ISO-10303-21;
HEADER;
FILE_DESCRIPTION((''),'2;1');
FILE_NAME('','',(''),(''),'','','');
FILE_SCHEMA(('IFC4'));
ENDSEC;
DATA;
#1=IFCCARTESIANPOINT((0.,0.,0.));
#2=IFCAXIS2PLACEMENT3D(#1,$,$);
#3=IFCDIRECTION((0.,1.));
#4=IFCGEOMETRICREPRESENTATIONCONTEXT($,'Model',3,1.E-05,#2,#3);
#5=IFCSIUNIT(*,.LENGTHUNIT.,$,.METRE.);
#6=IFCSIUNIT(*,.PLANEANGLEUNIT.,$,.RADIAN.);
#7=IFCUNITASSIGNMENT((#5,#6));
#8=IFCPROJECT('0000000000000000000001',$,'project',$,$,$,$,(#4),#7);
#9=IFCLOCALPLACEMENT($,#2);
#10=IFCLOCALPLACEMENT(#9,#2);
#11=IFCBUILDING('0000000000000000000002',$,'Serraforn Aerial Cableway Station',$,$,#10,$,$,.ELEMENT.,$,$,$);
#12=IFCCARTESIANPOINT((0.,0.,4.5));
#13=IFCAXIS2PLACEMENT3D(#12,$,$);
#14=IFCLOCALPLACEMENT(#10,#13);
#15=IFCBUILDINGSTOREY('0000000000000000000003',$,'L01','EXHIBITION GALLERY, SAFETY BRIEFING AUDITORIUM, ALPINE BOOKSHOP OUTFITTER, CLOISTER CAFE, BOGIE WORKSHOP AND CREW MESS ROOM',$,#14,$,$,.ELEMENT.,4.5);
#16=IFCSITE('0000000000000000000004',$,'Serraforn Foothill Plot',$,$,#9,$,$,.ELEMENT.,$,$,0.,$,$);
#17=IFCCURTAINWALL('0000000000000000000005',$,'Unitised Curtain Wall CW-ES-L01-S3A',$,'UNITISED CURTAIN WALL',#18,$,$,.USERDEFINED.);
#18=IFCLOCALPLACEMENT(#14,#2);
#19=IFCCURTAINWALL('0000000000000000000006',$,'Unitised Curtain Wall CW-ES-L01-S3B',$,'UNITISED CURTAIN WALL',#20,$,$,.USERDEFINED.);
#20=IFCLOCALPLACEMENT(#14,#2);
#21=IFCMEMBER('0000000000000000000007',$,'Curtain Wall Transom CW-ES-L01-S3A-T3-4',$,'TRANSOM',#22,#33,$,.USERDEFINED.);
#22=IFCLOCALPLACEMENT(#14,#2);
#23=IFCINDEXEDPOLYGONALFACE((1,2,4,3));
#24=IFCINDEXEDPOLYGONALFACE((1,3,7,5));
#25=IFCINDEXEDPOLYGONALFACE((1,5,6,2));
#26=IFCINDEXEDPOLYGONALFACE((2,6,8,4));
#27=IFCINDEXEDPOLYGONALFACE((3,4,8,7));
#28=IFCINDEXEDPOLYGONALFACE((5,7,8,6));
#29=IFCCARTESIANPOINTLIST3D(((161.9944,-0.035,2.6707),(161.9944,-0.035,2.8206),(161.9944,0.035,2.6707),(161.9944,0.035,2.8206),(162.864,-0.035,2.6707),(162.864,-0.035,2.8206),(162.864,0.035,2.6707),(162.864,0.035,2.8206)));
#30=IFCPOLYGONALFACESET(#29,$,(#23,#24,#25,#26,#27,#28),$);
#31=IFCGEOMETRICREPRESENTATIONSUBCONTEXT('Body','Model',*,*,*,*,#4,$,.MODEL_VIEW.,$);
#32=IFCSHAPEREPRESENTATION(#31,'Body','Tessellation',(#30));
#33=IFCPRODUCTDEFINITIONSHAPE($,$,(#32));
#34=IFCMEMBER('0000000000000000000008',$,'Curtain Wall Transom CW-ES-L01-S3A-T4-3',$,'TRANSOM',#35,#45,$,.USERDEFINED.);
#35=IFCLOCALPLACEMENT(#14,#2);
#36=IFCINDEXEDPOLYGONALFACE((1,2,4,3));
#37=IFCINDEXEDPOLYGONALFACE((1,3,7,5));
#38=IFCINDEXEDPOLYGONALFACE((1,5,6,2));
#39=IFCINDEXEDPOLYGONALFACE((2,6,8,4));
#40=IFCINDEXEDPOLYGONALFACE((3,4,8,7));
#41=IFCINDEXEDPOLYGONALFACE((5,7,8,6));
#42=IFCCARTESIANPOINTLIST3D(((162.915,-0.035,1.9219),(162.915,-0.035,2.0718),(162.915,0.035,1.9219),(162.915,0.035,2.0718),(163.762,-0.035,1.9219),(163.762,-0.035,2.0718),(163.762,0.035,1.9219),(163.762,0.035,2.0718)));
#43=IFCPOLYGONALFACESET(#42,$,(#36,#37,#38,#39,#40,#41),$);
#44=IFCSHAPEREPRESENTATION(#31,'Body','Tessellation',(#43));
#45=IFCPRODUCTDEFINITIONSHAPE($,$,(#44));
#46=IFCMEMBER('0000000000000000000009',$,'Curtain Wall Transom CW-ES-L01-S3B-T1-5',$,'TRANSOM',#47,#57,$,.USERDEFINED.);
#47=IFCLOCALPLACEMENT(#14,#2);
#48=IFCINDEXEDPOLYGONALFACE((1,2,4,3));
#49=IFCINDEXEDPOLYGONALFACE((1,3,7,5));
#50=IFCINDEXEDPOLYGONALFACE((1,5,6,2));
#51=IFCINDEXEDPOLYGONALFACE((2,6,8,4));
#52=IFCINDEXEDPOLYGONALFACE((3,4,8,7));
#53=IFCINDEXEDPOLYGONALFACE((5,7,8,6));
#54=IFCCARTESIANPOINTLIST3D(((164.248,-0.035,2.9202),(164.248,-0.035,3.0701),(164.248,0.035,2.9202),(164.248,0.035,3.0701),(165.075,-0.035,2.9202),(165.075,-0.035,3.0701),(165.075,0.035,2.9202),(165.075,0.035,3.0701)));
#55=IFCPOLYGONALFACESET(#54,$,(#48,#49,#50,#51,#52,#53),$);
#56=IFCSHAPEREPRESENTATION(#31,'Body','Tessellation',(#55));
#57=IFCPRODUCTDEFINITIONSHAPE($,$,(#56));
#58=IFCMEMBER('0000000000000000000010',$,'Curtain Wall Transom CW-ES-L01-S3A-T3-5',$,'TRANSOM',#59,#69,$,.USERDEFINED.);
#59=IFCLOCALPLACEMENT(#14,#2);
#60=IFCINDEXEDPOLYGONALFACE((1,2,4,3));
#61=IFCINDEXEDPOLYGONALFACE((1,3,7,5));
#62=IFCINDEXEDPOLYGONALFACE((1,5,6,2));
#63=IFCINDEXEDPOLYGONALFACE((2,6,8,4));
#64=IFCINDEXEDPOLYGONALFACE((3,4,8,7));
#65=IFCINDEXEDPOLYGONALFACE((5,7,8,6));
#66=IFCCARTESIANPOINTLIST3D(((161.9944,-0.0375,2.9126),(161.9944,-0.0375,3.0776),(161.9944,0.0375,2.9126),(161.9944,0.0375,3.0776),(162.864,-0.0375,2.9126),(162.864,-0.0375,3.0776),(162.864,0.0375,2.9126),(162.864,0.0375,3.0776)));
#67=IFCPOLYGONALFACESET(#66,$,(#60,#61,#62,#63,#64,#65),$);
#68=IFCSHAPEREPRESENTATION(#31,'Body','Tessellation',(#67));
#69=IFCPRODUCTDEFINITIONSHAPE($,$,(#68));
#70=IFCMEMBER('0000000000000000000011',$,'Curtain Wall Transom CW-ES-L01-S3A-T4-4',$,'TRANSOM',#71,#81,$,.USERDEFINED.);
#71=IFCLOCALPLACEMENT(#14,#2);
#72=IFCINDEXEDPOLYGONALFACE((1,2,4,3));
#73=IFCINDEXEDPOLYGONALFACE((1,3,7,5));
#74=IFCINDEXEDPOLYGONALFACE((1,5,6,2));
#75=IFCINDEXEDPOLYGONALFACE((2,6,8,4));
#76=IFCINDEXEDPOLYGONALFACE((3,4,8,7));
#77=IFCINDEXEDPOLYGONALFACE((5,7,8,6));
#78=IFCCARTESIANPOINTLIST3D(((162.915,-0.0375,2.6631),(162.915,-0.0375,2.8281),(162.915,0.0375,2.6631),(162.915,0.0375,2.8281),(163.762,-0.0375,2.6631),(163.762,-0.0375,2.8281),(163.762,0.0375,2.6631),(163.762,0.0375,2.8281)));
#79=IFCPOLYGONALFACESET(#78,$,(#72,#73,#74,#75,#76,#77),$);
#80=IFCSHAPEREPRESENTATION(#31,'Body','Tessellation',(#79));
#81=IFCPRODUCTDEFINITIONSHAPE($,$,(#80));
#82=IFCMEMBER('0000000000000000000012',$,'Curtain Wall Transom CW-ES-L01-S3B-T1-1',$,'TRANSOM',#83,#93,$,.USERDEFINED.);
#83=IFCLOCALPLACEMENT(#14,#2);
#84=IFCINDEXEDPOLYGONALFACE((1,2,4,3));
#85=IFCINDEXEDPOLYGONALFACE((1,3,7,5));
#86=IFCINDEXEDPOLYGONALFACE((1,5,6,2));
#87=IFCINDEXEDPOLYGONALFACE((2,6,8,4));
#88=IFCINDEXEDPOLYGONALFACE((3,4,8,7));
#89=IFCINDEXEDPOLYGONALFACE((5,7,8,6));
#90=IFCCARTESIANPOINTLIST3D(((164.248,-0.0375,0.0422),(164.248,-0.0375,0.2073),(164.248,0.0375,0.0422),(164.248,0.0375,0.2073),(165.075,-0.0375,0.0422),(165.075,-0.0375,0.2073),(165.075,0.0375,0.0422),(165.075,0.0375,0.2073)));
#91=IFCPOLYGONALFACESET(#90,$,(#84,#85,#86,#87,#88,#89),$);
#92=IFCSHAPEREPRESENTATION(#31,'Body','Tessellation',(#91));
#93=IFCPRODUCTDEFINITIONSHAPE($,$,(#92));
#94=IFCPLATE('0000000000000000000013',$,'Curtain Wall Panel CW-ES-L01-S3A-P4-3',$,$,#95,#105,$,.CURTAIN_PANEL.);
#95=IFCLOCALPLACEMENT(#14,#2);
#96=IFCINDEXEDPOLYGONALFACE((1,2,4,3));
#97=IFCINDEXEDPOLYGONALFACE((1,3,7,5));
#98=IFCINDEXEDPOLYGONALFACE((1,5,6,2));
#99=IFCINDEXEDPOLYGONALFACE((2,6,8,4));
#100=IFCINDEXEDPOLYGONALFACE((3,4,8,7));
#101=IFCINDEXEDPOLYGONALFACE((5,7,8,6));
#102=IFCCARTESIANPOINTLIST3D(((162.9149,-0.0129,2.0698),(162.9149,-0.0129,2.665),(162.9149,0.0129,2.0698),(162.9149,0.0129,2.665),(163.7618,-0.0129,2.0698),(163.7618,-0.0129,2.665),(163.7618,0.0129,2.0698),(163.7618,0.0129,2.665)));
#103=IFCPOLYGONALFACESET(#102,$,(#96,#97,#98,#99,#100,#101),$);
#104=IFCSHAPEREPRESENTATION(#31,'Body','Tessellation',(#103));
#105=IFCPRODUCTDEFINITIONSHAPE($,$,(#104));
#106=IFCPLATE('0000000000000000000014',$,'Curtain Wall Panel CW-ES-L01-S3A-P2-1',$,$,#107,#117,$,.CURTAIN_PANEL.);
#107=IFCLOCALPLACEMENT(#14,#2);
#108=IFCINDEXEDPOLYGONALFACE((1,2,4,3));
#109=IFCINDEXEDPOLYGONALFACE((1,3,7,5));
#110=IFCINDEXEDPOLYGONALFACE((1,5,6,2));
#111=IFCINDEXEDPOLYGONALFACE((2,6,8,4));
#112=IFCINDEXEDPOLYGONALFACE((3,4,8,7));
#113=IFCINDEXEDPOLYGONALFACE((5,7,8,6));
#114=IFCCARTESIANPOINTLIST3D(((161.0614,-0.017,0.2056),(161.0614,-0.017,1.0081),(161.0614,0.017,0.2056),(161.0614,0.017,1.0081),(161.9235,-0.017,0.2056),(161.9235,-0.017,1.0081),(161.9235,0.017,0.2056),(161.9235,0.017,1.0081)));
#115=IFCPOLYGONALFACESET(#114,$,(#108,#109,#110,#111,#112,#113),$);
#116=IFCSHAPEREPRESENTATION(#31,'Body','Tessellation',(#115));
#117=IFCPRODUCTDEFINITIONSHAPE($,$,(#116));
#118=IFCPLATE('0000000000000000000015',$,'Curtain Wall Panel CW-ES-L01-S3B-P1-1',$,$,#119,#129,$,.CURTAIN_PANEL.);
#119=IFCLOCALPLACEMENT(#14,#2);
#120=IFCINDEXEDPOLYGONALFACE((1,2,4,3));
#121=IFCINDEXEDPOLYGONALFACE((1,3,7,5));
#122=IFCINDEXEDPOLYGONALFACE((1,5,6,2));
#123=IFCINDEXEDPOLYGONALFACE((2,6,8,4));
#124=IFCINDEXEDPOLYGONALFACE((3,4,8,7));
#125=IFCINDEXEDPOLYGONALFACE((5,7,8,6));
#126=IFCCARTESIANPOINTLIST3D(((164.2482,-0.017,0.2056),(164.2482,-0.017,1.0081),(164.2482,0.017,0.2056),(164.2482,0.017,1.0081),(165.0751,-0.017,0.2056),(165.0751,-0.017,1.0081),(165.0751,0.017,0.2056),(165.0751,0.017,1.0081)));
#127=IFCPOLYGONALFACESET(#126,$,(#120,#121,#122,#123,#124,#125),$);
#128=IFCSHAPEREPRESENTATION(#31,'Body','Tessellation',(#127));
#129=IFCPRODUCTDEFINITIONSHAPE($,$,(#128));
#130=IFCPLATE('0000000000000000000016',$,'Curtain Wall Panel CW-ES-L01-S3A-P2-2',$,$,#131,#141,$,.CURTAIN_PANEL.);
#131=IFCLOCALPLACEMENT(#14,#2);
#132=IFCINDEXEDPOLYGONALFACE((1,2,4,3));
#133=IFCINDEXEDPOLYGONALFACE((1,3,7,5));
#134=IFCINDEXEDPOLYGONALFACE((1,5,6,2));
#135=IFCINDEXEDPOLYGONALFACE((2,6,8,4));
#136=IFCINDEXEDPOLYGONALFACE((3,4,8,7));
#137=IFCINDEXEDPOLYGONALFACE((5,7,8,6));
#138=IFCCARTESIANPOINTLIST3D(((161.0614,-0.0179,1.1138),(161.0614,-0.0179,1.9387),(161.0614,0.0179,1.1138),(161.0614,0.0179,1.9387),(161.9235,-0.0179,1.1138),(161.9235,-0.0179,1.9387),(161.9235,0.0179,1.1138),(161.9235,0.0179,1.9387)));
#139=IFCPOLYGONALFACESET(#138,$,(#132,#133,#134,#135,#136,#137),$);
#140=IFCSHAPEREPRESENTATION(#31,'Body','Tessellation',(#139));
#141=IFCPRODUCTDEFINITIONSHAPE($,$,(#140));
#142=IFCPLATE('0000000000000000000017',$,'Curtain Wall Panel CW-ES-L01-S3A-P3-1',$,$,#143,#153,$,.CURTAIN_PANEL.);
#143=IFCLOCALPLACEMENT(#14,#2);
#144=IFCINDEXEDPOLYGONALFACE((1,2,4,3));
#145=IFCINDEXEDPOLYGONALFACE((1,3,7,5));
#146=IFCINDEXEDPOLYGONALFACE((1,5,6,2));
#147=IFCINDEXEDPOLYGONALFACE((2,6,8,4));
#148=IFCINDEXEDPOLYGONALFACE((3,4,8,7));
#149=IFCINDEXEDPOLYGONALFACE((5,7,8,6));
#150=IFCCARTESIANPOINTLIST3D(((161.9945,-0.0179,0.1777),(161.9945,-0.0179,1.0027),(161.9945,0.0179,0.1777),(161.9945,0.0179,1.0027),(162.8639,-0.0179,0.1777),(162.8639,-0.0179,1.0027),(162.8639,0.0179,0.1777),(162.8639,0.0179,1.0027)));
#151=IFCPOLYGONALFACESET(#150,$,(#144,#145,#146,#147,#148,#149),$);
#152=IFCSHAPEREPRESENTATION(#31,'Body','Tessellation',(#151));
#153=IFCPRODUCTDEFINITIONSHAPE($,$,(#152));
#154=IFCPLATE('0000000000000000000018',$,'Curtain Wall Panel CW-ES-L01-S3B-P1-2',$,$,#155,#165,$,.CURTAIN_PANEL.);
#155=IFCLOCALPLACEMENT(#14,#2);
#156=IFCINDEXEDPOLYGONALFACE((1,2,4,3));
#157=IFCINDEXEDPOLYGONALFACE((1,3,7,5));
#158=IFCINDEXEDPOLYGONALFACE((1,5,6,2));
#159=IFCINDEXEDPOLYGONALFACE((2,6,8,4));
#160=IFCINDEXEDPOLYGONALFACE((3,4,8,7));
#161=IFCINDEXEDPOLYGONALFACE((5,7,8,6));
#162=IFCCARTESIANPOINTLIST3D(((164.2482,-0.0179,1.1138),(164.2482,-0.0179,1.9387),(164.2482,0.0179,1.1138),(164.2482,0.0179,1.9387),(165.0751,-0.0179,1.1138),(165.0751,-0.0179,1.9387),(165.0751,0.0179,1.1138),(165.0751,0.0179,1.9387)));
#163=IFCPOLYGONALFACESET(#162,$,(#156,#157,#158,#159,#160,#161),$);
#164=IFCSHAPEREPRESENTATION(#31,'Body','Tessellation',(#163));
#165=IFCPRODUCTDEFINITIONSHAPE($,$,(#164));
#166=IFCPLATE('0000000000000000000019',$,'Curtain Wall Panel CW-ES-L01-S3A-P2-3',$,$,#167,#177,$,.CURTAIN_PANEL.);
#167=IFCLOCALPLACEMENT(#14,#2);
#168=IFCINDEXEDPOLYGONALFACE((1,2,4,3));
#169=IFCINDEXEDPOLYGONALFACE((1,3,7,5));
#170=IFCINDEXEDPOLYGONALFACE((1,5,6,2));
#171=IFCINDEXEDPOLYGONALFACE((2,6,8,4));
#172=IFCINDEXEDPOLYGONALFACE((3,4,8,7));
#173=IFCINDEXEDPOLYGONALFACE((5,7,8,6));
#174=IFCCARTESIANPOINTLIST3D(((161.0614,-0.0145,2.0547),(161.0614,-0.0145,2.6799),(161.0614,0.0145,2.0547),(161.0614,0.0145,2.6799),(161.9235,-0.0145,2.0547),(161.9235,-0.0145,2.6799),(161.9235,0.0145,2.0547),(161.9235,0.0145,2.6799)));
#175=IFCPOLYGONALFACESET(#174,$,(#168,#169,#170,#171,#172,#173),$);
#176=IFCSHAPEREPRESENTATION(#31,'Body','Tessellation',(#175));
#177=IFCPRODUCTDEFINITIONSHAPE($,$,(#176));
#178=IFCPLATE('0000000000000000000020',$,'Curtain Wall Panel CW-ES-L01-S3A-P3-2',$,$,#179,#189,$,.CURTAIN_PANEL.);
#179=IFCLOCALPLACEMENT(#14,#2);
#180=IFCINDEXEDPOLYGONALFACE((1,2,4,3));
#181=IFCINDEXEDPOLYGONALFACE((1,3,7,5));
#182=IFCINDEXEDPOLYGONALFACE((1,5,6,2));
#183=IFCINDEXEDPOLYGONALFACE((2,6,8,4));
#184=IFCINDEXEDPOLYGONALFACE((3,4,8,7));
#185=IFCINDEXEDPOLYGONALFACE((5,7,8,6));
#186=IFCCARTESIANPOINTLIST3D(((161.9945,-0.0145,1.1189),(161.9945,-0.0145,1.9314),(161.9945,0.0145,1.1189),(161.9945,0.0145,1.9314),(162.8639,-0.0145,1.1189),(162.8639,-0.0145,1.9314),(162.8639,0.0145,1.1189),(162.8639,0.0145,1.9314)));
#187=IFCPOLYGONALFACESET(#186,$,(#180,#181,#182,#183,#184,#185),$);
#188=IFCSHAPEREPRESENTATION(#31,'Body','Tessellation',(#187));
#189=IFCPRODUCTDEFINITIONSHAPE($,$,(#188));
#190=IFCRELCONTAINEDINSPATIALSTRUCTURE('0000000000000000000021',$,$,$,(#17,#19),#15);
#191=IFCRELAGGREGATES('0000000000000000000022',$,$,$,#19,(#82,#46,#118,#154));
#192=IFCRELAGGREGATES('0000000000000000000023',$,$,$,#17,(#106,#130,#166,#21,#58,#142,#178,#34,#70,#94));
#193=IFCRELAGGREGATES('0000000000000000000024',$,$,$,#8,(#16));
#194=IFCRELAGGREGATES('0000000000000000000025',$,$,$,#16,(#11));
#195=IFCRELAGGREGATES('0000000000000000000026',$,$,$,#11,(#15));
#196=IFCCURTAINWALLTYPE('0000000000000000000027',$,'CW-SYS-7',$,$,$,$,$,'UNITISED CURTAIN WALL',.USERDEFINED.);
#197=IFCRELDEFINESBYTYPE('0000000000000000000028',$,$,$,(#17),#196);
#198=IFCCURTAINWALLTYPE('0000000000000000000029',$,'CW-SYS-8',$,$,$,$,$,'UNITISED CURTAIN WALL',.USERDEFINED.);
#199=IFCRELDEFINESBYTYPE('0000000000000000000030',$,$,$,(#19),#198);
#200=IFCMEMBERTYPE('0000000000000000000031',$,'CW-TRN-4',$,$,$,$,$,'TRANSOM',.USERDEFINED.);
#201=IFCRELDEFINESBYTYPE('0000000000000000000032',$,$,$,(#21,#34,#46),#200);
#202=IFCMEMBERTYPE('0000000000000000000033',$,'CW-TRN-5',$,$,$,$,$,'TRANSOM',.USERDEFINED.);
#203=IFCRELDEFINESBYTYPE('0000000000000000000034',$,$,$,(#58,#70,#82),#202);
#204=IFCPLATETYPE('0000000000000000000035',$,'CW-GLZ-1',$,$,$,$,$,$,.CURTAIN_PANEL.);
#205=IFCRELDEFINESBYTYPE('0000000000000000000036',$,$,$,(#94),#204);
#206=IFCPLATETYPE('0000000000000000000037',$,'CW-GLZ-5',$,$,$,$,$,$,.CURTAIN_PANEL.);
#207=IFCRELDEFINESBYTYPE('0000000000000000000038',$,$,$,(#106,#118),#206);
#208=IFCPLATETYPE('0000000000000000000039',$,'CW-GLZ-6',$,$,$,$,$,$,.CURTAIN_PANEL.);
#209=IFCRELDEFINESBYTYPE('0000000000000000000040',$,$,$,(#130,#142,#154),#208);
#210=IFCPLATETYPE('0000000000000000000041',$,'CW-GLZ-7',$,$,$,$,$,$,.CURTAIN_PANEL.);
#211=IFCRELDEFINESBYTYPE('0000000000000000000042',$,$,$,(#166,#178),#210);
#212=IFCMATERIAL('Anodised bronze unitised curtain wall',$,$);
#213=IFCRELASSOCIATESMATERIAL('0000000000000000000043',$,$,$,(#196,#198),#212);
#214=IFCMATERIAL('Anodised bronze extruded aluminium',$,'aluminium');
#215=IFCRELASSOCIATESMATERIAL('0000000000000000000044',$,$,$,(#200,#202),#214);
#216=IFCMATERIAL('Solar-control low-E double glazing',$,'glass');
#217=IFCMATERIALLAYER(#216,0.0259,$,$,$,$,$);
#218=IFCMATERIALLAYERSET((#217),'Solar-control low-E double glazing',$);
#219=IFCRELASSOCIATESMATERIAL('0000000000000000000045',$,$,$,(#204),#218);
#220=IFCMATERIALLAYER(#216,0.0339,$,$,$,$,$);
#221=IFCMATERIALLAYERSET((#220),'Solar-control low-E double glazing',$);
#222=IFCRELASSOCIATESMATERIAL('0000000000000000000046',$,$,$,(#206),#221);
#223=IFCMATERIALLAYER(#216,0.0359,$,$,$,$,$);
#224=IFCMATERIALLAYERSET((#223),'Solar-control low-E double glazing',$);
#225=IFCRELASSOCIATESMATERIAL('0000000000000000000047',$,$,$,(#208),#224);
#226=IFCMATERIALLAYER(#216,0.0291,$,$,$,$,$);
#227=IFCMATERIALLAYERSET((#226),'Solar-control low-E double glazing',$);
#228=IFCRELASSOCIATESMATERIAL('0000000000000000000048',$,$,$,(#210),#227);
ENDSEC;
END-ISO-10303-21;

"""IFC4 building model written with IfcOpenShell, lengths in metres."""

from ifc_helpers import new_model, si_unit, direction, frame, origin, origin_2d, place, context, subcontext, project, spatial, rectangle, extrude, material, layer, layer_set, material_profile, profile_set, type_object, element, aggregate, save


model = new_model("IFC4")

# Units and contexts
model_context = context("Model", 3, precision=1e-05, world=origin(), true_north=direction((0.0, 1.0)))
body_context = subcontext(model_context, "Body", "Model", "MODEL_VIEW")
ifc_project = project(units=[si_unit("LENGTHUNIT", "METRE"), si_unit("PLANEANGLEUNIT", "RADIAN")], contexts=[model_context])

# Site, building, storey
site_placement = place(None, origin())
site = spatial("IfcSite", under=ifc_project, at=site_placement, Name="Serraforn Foothill Plot", CompositionType="ELEMENT", RefElevation=0.0)
building_placement = place(site_placement, origin())
building = spatial("IfcBuilding", under=site, at=building_placement, Name="Serraforn Aerial Cableway Station", CompositionType="ELEMENT")
storey_placement = place(building_placement, frame((0.0, 0.0, 4.5)))
storey = spatial("IfcBuildingStorey", under=building, at=storey_placement, Name="L01", Description="EXHIBITION GALLERY, SAFETY BRIEFING AUDITORIUM, ALPINE BOOKSHOP OUTFITTER, CLOISTER CAFE, BOGIE WORKSHOP AND CREW MESS ROOM", CompositionType="ELEMENT", Elevation=4.5)

# Curtain wall
ifc_material_1 = material(Name="Anodised bronze unitised curtain wall")
curtain_wall_type_1 = type_object("IfcCurtainWallType", Name="CW-SYS-7", ElementType="UNITISED CURTAIN WALL", PredefinedType="USERDEFINED", material=ifc_material_1)
curtain_wall_1_placement = place(storey_placement, origin())
curtain_wall_1 = element("IfcCurtainWall", 1, at=curtain_wall_1_placement, inside=storey, type_object=curtain_wall_type_1, Name="Unitised Curtain Wall CW-ES-L01-S3A", ObjectType="UNITISED CURTAIN WALL", PredefinedType="USERDEFINED")
ifc_material_2 = material(Name="Anodised bronze extruded aluminium", Category="aluminium")

# Curtain wall
curtain_wall_type_2 = type_object("IfcCurtainWallType", Name="CW-SYS-8", ElementType="UNITISED CURTAIN WALL", PredefinedType="USERDEFINED", material=ifc_material_1)
curtain_wall_2_placement = place(storey_placement, origin())
curtain_wall_2 = element("IfcCurtainWall", 2, at=curtain_wall_2_placement, inside=storey, type_object=curtain_wall_type_2, Name="Unitised Curtain Wall CW-ES-L01-S3B", ObjectType="UNITISED CURTAIN WALL", PredefinedType="USERDEFINED")

# Members
ifc_material_profile_1 = material_profile(ifc_material_2, rectangle(XDim=0.0701, YDim=0.1499, at=origin_2d()), Name="CW TRANSOM 70x150")
ifc_profile_set_1 = profile_set([ifc_material_profile_1], Name="Anodised bronze extruded aluminium")
member_type_1 = type_object("IfcMemberType", Name="CW-TRN-4", ElementType="TRANSOM", PredefinedType="USERDEFINED", material=ifc_profile_set_1)
member_1_placement = place(storey_placement, frame((161.9944, 0.0, 2.7456), z_axis=(1.0, 0.0, 0.0), x_axis=(0.0, 1.0, 0.0)))
member_1 = element("IfcMember", 3, at=member_1_placement, type_object=member_type_1, Name="Curtain Wall Transom CW-ES-L01-S3A-T3-4", ObjectType="TRANSOM", PredefinedType="USERDEFINED", context=body_context, shape_type="SweptSolid", body=[
    extrude(rectangle(XDim=0.0701, YDim=0.1499, at=origin_2d()), origin(), (0.0, 0.0, 1.0), 0.8696),
])
member_2_placement = place(storey_placement, frame((162.915, 0.0, 1.9968), z_axis=(1.0, 0.0, 0.0), x_axis=(0.0, 1.0, 0.0)))
member_2 = element("IfcMember", 4, at=member_2_placement, type_object=member_type_1, Name="Curtain Wall Transom CW-ES-L01-S3A-T4-3", ObjectType="TRANSOM", PredefinedType="USERDEFINED", context=body_context, shape_type="SweptSolid", body=[
    extrude(rectangle(XDim=0.0701, YDim=0.1499, at=origin_2d()), origin(), (0.0, 0.0, 1.0), 0.8469),
])
member_3_placement = place(storey_placement, frame((164.248, 0.0, 2.9951), z_axis=(1.0, 0.0, 0.0), x_axis=(0.0, 1.0, 0.0)))
member_3 = element("IfcMember", 5, at=member_3_placement, type_object=member_type_1, Name="Curtain Wall Transom CW-ES-L01-S3B-T1-5", ObjectType="TRANSOM", PredefinedType="USERDEFINED", context=body_context, shape_type="SweptSolid", body=[
    extrude(rectangle(XDim=0.0701, YDim=0.1499, at=origin_2d()), origin(), (0.0, 0.0, 1.0), 0.8269),
])
ifc_material_profile_2 = material_profile(ifc_material_2, rectangle(XDim=0.075, YDim=0.165, at=origin_2d()), Name="CW TRANSOM 75x165")
ifc_profile_set_2 = profile_set([ifc_material_profile_2], Name="Anodised bronze extruded aluminium")
member_type_2 = type_object("IfcMemberType", Name="CW-TRN-5", ElementType="TRANSOM", PredefinedType="USERDEFINED", material=ifc_profile_set_2)
member_4_placement = place(storey_placement, frame((161.9944, 0.0, 2.9951), z_axis=(1.0, 0.0, 0.0), x_axis=(0.0, 1.0, 0.0)))
member_4 = element("IfcMember", 6, at=member_4_placement, type_object=member_type_2, Name="Curtain Wall Transom CW-ES-L01-S3A-T3-5", ObjectType="TRANSOM", PredefinedType="USERDEFINED", context=body_context, shape_type="SweptSolid", body=[
    extrude(rectangle(XDim=0.075, YDim=0.165, at=origin_2d()), origin(), (0.0, 0.0, 1.0), 0.8696),
])
member_5_placement = place(storey_placement, frame((162.915, 0.0, 2.7456), z_axis=(1.0, 0.0, 0.0), x_axis=(0.0, 1.0, 0.0)))
member_5 = element("IfcMember", 7, at=member_5_placement, type_object=member_type_2, Name="Curtain Wall Transom CW-ES-L01-S3A-T4-4", ObjectType="TRANSOM", PredefinedType="USERDEFINED", context=body_context, shape_type="SweptSolid", body=[
    extrude(rectangle(XDim=0.075, YDim=0.165, at=origin_2d()), origin(), (0.0, 0.0, 1.0), 0.8469),
])
member_6_placement = place(storey_placement, frame((164.248, 0.0, 0.1248), z_axis=(1.0, 0.0, 0.0), x_axis=(0.0, 1.0, 0.0)))
member_6 = element("IfcMember", 8, at=member_6_placement, type_object=member_type_2, Name="Curtain Wall Transom CW-ES-L01-S3B-T1-1", ObjectType="TRANSOM", PredefinedType="USERDEFINED", context=body_context, shape_type="SweptSolid", body=[
    extrude(rectangle(XDim=0.075, YDim=0.165, at=origin_2d()), origin(), (0.0, 0.0, 1.0), 0.8269),
])

# Plates
ifc_material_3 = material(Name="Solar-control low-E double glazing", Category="glass")
ifc_layer_1 = layer(ifc_material_3, 0.0259)
ifc_layer_set_1 = layer_set([ifc_layer_1], Name="Solar-control low-E double glazing")
plate_type_1 = type_object("IfcPlateType", Name="CW-GLZ-1", PredefinedType="CURTAIN_PANEL", material=ifc_layer_set_1)
plate_1_placement = place(storey_placement, frame((163.3384, 0.0, 2.0698), z_axis=(0.0, 0.0, 1.0), x_axis=(1.0, 0.0, 0.0)))
plate_1 = element("IfcPlate", 9, at=plate_1_placement, type_object=plate_type_1, Name="Curtain Wall Panel CW-ES-L01-S3A-P4-3", PredefinedType="CURTAIN_PANEL", context=body_context, shape_type="SweptSolid", body=[
    extrude(rectangle(XDim=0.8469, YDim=0.0259, at=origin_2d()), origin(), (0.0, 0.0, 1.0), 0.5952),
])
ifc_layer_2 = layer(ifc_material_3, 0.0339)
ifc_layer_set_2 = layer_set([ifc_layer_2], Name="Solar-control low-E double glazing")
plate_type_2 = type_object("IfcPlateType", Name="CW-GLZ-5", PredefinedType="CURTAIN_PANEL", material=ifc_layer_set_2)
plate_2_placement = place(storey_placement, frame((161.4924, 0.0, 0.2056), z_axis=(0.0, 0.0, 1.0), x_axis=(1.0, 0.0, 0.0)))
plate_2 = element("IfcPlate", 10, at=plate_2_placement, type_object=plate_type_2, Name="Curtain Wall Panel CW-ES-L01-S3A-P2-1", PredefinedType="CURTAIN_PANEL", context=body_context, shape_type="SweptSolid", body=[
    extrude(rectangle(XDim=0.8621, YDim=0.0339, at=origin_2d()), origin(), (0.0, 0.0, 1.0), 0.8025),
])
plate_3_placement = place(storey_placement, frame((164.6616, 0.0, 0.2056), z_axis=(0.0, 0.0, 1.0), x_axis=(1.0, 0.0, 0.0)))
plate_3 = element("IfcPlate", 11, at=plate_3_placement, type_object=plate_type_2, Name="Curtain Wall Panel CW-ES-L01-S3B-P1-1", PredefinedType="CURTAIN_PANEL", context=body_context, shape_type="SweptSolid", body=[
    extrude(rectangle(XDim=0.8269, YDim=0.0339, at=origin_2d()), origin(), (0.0, 0.0, 1.0), 0.8025),
])
ifc_layer_3 = layer(ifc_material_3, 0.0359)
ifc_layer_set_3 = layer_set([ifc_layer_3], Name="Solar-control low-E double glazing")
plate_type_3 = type_object("IfcPlateType", Name="CW-GLZ-6", PredefinedType="CURTAIN_PANEL", material=ifc_layer_set_3)
plate_4_placement = place(storey_placement, frame((161.4924, 0.0, 1.1138), z_axis=(0.0, 0.0, 1.0), x_axis=(1.0, 0.0, 0.0)))
plate_4 = element("IfcPlate", 12, at=plate_4_placement, type_object=plate_type_3, Name="Curtain Wall Panel CW-ES-L01-S3A-P2-2", PredefinedType="CURTAIN_PANEL", context=body_context, shape_type="SweptSolid", body=[
    extrude(rectangle(XDim=0.8621, YDim=0.0359, at=origin_2d()), origin(), (0.0, 0.0, 1.0), 0.825),
])
plate_5_placement = place(storey_placement, frame((162.4292, 0.0, 0.1777), z_axis=(0.0, 0.0, 1.0), x_axis=(1.0, 0.0, 0.0)))
plate_5 = element("IfcPlate", 13, at=plate_5_placement, type_object=plate_type_3, Name="Curtain Wall Panel CW-ES-L01-S3A-P3-1", PredefinedType="CURTAIN_PANEL", context=body_context, shape_type="SweptSolid", body=[
    extrude(rectangle(XDim=0.8694, YDim=0.0359, at=origin_2d()), origin(), (0.0, 0.0, 1.0), 0.825),
])
plate_6_placement = place(storey_placement, frame((164.6616, 0.0, 1.1138), z_axis=(0.0, 0.0, 1.0), x_axis=(1.0, 0.0, 0.0)))
plate_6 = element("IfcPlate", 14, at=plate_6_placement, type_object=plate_type_3, Name="Curtain Wall Panel CW-ES-L01-S3B-P1-2", PredefinedType="CURTAIN_PANEL", context=body_context, shape_type="SweptSolid", body=[
    extrude(rectangle(XDim=0.8269, YDim=0.0359, at=origin_2d()), origin(), (0.0, 0.0, 1.0), 0.825),
])
ifc_layer_4 = layer(ifc_material_3, 0.0291)
ifc_layer_set_4 = layer_set([ifc_layer_4], Name="Solar-control low-E double glazing")
plate_type_4 = type_object("IfcPlateType", Name="CW-GLZ-7", PredefinedType="CURTAIN_PANEL", material=ifc_layer_set_4)
plate_7_placement = place(storey_placement, frame((161.4924, 0.0, 2.0547), z_axis=(0.0, 0.0, 1.0), x_axis=(1.0, 0.0, 0.0)))
plate_7 = element("IfcPlate", 15, at=plate_7_placement, type_object=plate_type_4, Name="Curtain Wall Panel CW-ES-L01-S3A-P2-3", PredefinedType="CURTAIN_PANEL", context=body_context, shape_type="SweptSolid", body=[
    extrude(rectangle(XDim=0.8621, YDim=0.0291, at=origin_2d()), origin(), (0.0, 0.0, 1.0), 0.6252),
])
plate_8_placement = place(storey_placement, frame((162.4292, 0.0, 1.1189), z_axis=(0.0, 0.0, 1.0), x_axis=(1.0, 0.0, 0.0)))
plate_8 = element("IfcPlate", 16, at=plate_8_placement, type_object=plate_type_4, Name="Curtain Wall Panel CW-ES-L01-S3A-P3-2", PredefinedType="CURTAIN_PANEL", context=body_context, shape_type="SweptSolid", body=[
    extrude(rectangle(XDim=0.8694, YDim=0.0291, at=origin_2d()), origin(), (0.0, 0.0, 1.0), 0.8125),
])
aggregate(curtain_wall_2, [member_6, member_3, plate_3, plate_6])
aggregate(curtain_wall_1, [plate_2, plate_4, plate_7, member_1, member_4, plate_5, plate_8, member_2, member_5, plate_1])

save(model, "model.ifc")
